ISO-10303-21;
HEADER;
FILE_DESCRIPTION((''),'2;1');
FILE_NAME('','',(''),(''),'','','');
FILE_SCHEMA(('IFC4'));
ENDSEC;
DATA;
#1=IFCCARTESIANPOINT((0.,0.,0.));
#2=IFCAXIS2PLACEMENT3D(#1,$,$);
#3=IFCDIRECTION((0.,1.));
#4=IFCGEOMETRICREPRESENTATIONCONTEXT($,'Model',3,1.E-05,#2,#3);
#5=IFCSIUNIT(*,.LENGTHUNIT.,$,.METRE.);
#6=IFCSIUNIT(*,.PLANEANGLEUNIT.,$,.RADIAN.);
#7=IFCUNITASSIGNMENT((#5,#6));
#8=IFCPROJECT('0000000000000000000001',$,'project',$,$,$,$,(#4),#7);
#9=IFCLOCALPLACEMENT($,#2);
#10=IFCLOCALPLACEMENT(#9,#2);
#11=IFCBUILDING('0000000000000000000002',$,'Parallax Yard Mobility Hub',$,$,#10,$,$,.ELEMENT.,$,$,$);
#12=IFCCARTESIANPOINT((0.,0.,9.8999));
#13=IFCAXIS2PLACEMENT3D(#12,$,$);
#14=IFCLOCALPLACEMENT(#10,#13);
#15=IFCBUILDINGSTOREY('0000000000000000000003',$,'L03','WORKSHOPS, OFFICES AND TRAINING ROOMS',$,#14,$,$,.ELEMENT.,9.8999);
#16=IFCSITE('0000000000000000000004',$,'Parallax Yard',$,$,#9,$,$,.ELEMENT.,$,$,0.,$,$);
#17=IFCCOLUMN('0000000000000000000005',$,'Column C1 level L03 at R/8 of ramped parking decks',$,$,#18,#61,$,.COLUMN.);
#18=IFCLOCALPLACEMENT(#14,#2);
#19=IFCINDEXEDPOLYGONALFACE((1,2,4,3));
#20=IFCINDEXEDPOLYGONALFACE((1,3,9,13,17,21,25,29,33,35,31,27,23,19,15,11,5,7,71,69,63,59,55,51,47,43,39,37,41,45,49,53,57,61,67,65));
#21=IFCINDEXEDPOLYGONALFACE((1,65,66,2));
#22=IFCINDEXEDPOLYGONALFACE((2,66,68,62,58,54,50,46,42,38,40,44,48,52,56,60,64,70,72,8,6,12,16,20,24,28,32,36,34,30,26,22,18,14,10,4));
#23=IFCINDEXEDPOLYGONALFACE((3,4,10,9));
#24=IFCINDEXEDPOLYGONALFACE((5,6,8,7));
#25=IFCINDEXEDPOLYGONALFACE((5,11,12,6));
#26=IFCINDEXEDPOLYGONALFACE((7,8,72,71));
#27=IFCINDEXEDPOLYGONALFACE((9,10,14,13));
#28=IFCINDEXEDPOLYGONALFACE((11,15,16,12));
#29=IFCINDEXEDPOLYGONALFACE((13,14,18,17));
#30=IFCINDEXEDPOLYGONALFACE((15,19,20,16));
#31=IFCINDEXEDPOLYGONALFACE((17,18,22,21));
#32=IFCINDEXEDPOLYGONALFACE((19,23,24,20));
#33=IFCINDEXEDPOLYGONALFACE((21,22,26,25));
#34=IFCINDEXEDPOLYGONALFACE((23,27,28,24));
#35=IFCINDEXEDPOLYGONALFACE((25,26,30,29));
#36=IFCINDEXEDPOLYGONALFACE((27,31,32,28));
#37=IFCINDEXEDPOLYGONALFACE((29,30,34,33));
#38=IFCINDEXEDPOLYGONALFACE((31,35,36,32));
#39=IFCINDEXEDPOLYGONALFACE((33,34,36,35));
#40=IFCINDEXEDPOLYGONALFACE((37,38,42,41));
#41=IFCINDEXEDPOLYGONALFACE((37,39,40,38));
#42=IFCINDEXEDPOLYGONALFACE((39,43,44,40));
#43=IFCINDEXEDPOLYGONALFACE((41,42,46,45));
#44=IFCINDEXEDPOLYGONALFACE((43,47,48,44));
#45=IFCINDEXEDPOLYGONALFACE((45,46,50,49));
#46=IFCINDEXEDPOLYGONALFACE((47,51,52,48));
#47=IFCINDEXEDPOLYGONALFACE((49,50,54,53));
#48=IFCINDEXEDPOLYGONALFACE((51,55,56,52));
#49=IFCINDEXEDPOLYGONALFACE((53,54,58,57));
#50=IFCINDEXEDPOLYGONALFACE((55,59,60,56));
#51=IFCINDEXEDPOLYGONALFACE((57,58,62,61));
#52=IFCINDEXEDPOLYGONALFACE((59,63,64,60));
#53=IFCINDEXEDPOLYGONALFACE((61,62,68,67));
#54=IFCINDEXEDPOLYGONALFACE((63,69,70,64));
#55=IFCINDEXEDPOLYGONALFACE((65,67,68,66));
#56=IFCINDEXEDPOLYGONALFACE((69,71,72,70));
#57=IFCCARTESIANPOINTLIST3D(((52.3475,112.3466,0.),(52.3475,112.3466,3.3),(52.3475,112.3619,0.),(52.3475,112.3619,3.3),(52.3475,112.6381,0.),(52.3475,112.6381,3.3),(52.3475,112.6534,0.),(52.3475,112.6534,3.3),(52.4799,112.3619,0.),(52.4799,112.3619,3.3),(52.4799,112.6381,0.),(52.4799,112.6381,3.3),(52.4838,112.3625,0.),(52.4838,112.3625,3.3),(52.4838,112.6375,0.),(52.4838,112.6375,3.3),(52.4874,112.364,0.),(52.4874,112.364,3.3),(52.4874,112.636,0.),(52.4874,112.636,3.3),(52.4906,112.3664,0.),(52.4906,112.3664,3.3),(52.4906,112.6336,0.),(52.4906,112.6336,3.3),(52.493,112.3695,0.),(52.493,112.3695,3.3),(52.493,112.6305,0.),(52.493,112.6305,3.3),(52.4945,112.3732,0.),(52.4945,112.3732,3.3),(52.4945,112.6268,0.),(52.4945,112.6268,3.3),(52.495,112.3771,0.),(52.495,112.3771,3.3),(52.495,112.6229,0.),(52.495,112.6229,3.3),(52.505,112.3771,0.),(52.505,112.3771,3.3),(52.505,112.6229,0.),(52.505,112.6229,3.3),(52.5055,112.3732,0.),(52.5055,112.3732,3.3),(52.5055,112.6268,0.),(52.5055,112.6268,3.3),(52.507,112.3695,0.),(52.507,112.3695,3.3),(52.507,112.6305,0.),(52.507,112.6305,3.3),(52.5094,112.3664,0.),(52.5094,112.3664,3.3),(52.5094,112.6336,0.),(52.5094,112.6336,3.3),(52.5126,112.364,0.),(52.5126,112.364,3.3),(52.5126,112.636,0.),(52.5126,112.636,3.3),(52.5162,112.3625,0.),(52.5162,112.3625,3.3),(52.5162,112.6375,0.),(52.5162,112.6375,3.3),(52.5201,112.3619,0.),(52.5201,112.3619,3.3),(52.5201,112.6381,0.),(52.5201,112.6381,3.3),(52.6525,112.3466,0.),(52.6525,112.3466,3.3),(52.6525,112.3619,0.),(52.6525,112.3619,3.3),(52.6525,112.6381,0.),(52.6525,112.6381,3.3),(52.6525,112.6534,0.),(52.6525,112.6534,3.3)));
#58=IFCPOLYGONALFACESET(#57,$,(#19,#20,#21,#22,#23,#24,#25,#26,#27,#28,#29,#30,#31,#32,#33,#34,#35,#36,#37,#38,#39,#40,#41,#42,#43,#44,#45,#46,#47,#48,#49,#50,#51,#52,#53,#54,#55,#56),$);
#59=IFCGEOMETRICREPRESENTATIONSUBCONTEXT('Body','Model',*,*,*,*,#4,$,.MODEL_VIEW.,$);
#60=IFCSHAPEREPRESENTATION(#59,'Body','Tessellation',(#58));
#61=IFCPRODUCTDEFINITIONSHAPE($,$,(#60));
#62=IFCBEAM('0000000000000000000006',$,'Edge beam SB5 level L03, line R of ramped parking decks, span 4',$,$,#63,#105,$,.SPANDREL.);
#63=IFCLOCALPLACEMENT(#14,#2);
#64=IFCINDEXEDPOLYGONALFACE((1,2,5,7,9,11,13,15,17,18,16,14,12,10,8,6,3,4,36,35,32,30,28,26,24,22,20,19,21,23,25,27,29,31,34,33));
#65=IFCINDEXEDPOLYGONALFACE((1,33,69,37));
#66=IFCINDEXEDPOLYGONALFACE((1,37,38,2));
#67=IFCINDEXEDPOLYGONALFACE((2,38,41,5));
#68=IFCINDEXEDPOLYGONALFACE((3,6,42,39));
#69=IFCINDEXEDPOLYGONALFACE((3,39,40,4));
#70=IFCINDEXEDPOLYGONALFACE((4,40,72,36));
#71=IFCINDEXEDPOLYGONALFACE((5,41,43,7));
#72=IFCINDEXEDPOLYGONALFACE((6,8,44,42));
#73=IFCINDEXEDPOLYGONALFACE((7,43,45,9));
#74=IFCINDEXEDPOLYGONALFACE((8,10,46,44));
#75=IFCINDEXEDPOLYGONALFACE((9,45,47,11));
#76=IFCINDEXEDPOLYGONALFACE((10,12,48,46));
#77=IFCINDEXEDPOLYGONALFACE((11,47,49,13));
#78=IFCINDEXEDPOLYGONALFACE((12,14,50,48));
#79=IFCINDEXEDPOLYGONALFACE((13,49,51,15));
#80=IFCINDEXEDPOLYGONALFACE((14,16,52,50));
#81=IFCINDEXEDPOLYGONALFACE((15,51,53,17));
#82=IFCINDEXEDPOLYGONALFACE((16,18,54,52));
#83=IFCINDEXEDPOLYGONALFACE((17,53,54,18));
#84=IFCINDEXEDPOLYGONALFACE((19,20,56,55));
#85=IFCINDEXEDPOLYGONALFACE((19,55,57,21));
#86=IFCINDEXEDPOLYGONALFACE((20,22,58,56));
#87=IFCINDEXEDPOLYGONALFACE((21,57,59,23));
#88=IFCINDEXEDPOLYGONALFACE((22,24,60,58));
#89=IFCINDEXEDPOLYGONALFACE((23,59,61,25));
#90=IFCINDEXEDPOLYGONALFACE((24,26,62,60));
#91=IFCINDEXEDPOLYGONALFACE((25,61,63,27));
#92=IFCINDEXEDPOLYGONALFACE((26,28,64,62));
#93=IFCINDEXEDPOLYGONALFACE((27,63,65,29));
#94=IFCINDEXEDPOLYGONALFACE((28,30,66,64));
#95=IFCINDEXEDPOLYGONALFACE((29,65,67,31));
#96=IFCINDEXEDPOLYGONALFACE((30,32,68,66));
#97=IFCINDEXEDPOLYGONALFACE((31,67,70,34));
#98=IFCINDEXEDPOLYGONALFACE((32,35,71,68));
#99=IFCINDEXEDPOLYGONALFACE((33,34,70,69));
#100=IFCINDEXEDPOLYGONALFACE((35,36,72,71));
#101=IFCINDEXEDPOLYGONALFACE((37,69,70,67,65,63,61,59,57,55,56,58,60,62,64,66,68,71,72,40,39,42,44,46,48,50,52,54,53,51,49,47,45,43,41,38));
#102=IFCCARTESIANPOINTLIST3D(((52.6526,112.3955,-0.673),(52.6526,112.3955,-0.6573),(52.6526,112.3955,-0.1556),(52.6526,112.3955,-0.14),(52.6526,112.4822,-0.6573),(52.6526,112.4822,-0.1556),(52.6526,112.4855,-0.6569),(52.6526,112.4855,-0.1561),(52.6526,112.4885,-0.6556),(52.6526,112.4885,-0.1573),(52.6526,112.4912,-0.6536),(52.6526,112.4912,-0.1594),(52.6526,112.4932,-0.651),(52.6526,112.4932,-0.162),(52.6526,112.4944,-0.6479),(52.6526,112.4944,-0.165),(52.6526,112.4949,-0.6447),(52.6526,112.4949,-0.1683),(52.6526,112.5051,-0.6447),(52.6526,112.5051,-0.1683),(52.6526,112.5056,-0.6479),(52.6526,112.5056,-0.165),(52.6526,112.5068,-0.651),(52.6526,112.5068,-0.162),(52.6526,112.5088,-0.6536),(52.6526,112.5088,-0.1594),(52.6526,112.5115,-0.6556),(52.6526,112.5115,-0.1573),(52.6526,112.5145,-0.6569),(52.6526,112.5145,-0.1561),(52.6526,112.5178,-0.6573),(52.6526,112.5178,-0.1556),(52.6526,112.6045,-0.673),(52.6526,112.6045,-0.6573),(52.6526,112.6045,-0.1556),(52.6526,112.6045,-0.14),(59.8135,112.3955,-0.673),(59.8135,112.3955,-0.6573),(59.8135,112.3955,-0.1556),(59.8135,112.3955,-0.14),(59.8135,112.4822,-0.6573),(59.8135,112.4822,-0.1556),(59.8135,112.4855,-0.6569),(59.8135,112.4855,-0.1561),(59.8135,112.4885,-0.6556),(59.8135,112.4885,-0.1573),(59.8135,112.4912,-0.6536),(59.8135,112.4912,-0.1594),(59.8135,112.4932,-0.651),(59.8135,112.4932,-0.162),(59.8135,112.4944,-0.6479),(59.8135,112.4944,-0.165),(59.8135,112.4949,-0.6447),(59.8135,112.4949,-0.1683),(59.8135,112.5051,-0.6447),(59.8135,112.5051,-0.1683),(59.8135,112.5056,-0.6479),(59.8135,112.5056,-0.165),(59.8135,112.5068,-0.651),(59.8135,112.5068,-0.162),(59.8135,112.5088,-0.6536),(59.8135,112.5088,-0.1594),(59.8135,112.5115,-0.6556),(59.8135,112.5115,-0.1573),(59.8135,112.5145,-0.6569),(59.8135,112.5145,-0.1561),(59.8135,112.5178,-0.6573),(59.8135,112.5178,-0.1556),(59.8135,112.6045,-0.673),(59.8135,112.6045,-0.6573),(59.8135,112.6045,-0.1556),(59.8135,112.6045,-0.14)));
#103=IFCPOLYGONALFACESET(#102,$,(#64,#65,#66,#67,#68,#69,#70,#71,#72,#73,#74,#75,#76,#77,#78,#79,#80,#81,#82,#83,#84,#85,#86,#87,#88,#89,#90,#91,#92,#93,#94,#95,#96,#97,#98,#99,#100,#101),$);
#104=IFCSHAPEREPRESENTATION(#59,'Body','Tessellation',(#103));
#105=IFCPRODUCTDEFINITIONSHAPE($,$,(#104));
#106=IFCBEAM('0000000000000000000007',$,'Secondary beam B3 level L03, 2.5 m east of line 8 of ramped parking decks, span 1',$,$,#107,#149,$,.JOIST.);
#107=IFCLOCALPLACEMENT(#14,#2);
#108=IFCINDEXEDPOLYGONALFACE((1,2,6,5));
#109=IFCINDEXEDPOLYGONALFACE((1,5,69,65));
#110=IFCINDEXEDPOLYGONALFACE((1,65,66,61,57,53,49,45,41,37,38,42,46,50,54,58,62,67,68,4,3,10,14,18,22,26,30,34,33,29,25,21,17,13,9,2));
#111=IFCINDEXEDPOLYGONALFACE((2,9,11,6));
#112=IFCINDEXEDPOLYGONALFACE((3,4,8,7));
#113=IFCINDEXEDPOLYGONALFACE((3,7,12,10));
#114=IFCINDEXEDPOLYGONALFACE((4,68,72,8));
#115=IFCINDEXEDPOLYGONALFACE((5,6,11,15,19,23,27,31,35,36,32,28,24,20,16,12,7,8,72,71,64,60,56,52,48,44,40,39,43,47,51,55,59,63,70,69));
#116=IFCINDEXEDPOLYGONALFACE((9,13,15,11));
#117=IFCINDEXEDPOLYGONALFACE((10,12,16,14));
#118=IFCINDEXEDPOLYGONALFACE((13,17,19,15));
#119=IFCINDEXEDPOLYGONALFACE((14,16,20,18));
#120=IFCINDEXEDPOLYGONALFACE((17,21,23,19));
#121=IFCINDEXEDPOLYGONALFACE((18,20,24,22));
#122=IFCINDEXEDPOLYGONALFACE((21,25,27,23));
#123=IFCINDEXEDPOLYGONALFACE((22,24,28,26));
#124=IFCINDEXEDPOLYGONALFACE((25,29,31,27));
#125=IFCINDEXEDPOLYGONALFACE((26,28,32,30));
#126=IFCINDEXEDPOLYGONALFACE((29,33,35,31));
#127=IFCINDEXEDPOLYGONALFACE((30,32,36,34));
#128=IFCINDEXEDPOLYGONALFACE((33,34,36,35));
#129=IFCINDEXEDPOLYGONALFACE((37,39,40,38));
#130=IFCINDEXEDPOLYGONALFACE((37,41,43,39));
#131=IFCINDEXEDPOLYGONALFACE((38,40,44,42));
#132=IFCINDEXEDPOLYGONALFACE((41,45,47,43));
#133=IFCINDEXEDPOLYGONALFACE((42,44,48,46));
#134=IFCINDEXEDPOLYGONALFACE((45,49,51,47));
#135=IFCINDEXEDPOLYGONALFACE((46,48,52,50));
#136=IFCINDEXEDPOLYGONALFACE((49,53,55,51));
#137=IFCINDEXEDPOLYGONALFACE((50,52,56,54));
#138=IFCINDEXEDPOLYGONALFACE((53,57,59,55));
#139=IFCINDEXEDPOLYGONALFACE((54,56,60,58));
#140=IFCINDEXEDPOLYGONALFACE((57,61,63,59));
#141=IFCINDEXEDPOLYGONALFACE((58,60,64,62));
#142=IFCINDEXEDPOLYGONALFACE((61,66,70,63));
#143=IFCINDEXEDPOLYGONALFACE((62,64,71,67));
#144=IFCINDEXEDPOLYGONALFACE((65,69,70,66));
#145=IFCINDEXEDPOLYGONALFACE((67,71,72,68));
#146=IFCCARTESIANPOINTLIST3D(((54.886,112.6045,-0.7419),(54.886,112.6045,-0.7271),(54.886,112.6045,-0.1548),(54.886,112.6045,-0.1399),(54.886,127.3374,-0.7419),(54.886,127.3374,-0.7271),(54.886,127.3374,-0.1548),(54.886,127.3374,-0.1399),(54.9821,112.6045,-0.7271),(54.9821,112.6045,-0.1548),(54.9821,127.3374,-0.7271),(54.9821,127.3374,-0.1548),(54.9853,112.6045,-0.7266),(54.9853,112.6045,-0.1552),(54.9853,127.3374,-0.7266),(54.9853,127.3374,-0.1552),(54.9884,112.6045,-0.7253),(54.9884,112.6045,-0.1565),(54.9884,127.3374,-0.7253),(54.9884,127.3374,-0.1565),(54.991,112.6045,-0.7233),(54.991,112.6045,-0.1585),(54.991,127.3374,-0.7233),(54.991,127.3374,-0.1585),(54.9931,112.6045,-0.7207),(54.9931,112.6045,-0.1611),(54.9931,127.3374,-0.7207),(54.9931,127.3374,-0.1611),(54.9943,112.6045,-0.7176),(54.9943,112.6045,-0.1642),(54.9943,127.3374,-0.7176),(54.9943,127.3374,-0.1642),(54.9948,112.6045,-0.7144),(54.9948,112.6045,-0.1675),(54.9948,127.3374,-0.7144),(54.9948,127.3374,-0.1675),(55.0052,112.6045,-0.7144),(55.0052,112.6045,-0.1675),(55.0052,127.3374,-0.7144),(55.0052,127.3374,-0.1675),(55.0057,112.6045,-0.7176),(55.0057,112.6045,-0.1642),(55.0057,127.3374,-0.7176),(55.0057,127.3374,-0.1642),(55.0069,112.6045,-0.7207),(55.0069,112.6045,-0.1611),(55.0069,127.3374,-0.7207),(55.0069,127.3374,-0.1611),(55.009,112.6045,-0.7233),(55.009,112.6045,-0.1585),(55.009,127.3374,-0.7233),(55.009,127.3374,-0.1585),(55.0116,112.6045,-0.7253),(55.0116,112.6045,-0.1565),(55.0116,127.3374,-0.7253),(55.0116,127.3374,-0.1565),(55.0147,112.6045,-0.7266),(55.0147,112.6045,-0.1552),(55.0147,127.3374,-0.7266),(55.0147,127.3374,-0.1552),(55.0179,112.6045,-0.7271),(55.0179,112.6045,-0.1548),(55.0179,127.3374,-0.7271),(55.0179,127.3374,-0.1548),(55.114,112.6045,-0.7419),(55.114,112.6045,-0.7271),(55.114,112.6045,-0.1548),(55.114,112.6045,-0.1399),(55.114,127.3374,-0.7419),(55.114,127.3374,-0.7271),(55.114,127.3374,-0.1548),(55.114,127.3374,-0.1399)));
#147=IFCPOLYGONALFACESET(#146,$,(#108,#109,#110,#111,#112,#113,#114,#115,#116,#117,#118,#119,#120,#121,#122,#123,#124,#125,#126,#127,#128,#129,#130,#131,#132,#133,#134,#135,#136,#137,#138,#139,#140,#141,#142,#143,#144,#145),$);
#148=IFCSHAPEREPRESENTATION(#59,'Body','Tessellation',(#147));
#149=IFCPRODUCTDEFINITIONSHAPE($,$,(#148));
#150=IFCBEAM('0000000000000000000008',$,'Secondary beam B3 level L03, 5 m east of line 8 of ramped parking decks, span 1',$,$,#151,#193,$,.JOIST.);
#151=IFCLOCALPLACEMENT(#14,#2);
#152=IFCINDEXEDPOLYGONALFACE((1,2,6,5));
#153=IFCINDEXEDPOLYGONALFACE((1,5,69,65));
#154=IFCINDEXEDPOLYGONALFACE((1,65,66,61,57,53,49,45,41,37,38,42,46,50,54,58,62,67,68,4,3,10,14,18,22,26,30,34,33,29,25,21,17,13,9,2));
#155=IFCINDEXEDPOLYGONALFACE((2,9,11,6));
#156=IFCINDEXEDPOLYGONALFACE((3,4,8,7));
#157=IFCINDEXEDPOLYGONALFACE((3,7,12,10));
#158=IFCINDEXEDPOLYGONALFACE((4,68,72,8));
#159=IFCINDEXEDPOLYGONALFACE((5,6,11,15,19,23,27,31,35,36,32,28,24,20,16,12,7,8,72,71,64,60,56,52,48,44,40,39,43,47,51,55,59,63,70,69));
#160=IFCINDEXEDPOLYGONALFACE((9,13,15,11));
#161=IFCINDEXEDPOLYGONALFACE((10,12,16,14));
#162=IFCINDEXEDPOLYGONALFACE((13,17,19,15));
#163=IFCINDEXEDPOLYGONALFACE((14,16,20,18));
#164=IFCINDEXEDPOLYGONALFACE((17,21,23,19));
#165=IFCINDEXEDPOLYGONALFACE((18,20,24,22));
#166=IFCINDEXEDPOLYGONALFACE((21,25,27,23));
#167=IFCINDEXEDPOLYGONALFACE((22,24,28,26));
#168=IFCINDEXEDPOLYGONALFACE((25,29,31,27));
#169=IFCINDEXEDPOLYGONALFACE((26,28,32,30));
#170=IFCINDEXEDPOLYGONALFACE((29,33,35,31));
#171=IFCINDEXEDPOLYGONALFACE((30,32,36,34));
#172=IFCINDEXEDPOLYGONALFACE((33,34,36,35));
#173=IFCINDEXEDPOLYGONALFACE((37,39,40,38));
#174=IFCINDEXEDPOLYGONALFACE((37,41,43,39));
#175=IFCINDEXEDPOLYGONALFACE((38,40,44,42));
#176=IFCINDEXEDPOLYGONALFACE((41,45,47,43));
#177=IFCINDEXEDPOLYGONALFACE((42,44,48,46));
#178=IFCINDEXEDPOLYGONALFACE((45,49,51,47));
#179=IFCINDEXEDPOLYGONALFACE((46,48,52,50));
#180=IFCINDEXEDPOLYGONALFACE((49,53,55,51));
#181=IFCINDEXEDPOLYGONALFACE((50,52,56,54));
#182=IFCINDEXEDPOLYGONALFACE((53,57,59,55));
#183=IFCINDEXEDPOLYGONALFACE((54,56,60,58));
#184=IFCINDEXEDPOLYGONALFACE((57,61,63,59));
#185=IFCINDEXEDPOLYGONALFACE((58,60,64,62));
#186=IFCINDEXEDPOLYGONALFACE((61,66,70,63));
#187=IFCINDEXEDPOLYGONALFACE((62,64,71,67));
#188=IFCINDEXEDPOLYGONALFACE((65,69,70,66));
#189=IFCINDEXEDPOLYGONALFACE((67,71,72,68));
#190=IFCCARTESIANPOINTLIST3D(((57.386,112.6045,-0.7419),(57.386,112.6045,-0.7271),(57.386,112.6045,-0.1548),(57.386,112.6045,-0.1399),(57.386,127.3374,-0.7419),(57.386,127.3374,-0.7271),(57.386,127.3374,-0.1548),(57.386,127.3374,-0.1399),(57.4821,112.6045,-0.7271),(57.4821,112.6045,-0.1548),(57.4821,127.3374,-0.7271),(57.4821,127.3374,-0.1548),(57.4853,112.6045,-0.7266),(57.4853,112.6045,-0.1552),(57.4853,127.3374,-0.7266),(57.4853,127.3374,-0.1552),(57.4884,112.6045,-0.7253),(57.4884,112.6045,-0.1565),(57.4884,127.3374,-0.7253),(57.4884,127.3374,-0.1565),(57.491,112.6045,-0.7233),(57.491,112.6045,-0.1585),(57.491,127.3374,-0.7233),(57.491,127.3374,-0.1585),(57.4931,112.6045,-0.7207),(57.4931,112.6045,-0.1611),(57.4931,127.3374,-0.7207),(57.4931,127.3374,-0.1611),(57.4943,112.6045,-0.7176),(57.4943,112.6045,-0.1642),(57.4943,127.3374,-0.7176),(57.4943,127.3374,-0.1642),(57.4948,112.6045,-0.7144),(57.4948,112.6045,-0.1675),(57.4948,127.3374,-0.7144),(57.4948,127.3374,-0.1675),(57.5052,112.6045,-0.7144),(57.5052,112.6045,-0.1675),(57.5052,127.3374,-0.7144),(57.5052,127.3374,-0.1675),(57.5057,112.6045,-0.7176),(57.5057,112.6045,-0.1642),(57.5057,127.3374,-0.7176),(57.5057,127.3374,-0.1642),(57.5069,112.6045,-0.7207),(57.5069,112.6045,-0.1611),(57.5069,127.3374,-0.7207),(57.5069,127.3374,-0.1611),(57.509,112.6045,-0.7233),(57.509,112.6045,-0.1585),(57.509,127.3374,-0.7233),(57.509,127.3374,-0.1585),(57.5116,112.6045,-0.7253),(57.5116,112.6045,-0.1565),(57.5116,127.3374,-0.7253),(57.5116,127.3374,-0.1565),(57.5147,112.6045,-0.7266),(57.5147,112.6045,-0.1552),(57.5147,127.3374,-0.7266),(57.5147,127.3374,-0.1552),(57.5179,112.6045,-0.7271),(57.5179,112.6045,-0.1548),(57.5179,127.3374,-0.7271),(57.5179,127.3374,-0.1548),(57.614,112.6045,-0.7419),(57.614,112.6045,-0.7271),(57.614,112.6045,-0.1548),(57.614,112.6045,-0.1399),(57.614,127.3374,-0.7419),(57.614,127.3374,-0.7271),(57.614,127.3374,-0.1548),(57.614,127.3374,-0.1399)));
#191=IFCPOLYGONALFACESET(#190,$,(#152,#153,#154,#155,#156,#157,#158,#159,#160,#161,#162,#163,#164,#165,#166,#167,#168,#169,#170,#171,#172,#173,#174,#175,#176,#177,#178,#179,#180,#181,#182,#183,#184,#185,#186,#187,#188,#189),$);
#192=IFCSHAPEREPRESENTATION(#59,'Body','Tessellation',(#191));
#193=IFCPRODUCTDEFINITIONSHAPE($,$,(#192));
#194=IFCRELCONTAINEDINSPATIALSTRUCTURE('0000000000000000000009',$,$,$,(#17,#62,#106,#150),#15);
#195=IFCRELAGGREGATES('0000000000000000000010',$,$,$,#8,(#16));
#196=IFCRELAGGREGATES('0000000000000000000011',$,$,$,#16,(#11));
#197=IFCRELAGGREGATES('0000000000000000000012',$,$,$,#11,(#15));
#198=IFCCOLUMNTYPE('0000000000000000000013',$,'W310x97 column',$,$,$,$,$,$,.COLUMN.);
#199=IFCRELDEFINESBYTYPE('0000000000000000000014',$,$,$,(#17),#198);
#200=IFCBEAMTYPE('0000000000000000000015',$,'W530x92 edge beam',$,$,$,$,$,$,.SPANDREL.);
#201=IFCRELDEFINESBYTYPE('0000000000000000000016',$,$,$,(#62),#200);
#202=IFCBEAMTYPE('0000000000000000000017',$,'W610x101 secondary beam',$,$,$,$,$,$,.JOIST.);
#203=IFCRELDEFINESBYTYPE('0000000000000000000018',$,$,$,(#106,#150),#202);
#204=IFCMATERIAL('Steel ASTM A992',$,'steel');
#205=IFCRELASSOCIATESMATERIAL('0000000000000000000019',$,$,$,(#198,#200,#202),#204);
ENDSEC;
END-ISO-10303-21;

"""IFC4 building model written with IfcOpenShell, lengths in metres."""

from ifc_helpers import new_model, si_unit, direction, frame, origin, origin_2d, place, context, subcontext, project, spatial, i_section, extrude, material, material_profile, profile_set, type_object, element, save


model = new_model("IFC4")

# Units and contexts
model_context = context("Model", 3, precision=1e-05, world=origin(), true_north=direction((0.0, 1.0)))
body_context = subcontext(model_context, "Body", "Model", "MODEL_VIEW")
ifc_project = project(units=[si_unit("LENGTHUNIT", "METRE"), si_unit("PLANEANGLEUNIT", "RADIAN")], contexts=[model_context])

# Site, building, storey
site_placement = place(None, origin())
site = spatial("IfcSite", under=ifc_project, at=site_placement, Name="Parallax Yard", CompositionType="ELEMENT", RefElevation=0.0)
building_placement = place(site_placement, origin())
building = spatial("IfcBuilding", under=site, at=building_placement, Name="Parallax Yard Mobility Hub", CompositionType="ELEMENT")
storey_placement = place(building_placement, frame((0.0, 0.0, 9.8999)))
storey = spatial("IfcBuildingStorey", under=building, at=storey_placement, Name="L03", Description="WORKSHOPS, OFFICES AND TRAINING ROOMS", CompositionType="ELEMENT", Elevation=9.8999)

# Column
ifc_material_1 = material(Name="Steel ASTM A992", Category="steel")
ifc_material_profile_1 = material_profile(ifc_material_1, i_section(OverallWidth=0.3049, OverallDepth=0.3069, WebThickness=0.01, FlangeThickness=0.0154, FilletRadius=0.0151, at=origin_2d()), Name="W310x97")
ifc_profile_set_1 = profile_set([ifc_material_profile_1], Name="Steel ASTM A992")
column_type = type_object("IfcColumnType", Name="W310x97 column", PredefinedType="COLUMN", material=ifc_profile_set_1)
column_placement = place(storey_placement, frame((52.5, 112.5, 0.0), z_axis=(0.0, 0.0, 1.0), x_axis=(1.0, 0.0, 0.0)))
element("IfcColumn", 1, at=column_placement, inside=storey, type_object=column_type, Name="Column C1 level L03 at R/8 of ramped parking decks", PredefinedType="COLUMN", context=body_context, shape_type="SweptSolid", body=[
    extrude(i_section(OverallWidth=0.3049, OverallDepth=0.3069, WebThickness=0.01, FlangeThickness=0.0154, FilletRadius=0.0151, at=origin_2d()), origin(), (0.0, 0.0, 1.0), 3.3),
])

# Beams
ifc_material_profile_2 = material_profile(ifc_material_1, i_section(OverallWidth=0.209, OverallDepth=0.533, WebThickness=0.0103, FlangeThickness=0.0156, FilletRadius=0.0127, at=origin_2d()), Name="W530x92")
ifc_profile_set_2 = profile_set([ifc_material_profile_2], Name="Steel ASTM A992")
beam_type_1 = type_object("IfcBeamType", Name="W530x92 edge beam", PredefinedType="SPANDREL", material=ifc_profile_set_2)
beam_1_placement = place(storey_placement, frame((52.6526, 112.5, -0.4065), z_axis=(1.0, 0.0, 0.0), x_axis=(0.0, 1.0, 0.0)))
element("IfcBeam", 2, at=beam_1_placement, inside=storey, type_object=beam_type_1, Name="Edge beam SB5 level L03, line R of ramped parking decks, span 4", PredefinedType="SPANDREL", context=body_context, shape_type="SweptSolid", body=[
    extrude(i_section(OverallWidth=0.209, OverallDepth=0.533, WebThickness=0.0103, FlangeThickness=0.0156, FilletRadius=0.0127, at=origin_2d()), origin(), (0.0, 0.0, 1.0), 7.1609),
])
ifc_material_profile_3 = material_profile(ifc_material_1, i_section(OverallWidth=0.228, OverallDepth=0.6021, WebThickness=0.0105, FlangeThickness=0.0149, FilletRadius=0.0127, at=origin_2d()), Name="W610x101")
ifc_profile_set_3 = profile_set([ifc_material_profile_3], Name="Steel ASTM A992")
beam_type_2 = type_object("IfcBeamType", Name="W610x101 secondary beam", PredefinedType="JOIST", material=ifc_profile_set_3)
for number, where, z_axis, x_axis, name in (
    (3, (55.0, 112.6045, -0.4409), (0.0, 1.0, 0.0), (-1.0, 0.0, 0.0), "Secondary beam B3 level L03, 2.5 m east of line 8 of ramped parking decks, span 1"),
    (4, (57.5, 112.6045, -0.4409), (0.0, 1.0, 0.0), (-1.0, 0.0, 0.0), "Secondary beam B3 level L03, 5 m east of line 8 of ramped parking decks, span 1"),
):
    element("IfcBeam", number, at=place(storey_placement, frame(where, z_axis=z_axis, x_axis=x_axis)), inside=storey, type_object=beam_type_2, Name=name, PredefinedType="JOIST", context=body_context, shape_type="SweptSolid", body=[
        extrude(i_section(OverallWidth=0.228, OverallDepth=0.6021, WebThickness=0.0105, FlangeThickness=0.0149, FilletRadius=0.0127, at=origin_2d()), origin(), (0.0, 0.0, 1.0), 14.7329),
    ])

save(model, "model.ifc")
